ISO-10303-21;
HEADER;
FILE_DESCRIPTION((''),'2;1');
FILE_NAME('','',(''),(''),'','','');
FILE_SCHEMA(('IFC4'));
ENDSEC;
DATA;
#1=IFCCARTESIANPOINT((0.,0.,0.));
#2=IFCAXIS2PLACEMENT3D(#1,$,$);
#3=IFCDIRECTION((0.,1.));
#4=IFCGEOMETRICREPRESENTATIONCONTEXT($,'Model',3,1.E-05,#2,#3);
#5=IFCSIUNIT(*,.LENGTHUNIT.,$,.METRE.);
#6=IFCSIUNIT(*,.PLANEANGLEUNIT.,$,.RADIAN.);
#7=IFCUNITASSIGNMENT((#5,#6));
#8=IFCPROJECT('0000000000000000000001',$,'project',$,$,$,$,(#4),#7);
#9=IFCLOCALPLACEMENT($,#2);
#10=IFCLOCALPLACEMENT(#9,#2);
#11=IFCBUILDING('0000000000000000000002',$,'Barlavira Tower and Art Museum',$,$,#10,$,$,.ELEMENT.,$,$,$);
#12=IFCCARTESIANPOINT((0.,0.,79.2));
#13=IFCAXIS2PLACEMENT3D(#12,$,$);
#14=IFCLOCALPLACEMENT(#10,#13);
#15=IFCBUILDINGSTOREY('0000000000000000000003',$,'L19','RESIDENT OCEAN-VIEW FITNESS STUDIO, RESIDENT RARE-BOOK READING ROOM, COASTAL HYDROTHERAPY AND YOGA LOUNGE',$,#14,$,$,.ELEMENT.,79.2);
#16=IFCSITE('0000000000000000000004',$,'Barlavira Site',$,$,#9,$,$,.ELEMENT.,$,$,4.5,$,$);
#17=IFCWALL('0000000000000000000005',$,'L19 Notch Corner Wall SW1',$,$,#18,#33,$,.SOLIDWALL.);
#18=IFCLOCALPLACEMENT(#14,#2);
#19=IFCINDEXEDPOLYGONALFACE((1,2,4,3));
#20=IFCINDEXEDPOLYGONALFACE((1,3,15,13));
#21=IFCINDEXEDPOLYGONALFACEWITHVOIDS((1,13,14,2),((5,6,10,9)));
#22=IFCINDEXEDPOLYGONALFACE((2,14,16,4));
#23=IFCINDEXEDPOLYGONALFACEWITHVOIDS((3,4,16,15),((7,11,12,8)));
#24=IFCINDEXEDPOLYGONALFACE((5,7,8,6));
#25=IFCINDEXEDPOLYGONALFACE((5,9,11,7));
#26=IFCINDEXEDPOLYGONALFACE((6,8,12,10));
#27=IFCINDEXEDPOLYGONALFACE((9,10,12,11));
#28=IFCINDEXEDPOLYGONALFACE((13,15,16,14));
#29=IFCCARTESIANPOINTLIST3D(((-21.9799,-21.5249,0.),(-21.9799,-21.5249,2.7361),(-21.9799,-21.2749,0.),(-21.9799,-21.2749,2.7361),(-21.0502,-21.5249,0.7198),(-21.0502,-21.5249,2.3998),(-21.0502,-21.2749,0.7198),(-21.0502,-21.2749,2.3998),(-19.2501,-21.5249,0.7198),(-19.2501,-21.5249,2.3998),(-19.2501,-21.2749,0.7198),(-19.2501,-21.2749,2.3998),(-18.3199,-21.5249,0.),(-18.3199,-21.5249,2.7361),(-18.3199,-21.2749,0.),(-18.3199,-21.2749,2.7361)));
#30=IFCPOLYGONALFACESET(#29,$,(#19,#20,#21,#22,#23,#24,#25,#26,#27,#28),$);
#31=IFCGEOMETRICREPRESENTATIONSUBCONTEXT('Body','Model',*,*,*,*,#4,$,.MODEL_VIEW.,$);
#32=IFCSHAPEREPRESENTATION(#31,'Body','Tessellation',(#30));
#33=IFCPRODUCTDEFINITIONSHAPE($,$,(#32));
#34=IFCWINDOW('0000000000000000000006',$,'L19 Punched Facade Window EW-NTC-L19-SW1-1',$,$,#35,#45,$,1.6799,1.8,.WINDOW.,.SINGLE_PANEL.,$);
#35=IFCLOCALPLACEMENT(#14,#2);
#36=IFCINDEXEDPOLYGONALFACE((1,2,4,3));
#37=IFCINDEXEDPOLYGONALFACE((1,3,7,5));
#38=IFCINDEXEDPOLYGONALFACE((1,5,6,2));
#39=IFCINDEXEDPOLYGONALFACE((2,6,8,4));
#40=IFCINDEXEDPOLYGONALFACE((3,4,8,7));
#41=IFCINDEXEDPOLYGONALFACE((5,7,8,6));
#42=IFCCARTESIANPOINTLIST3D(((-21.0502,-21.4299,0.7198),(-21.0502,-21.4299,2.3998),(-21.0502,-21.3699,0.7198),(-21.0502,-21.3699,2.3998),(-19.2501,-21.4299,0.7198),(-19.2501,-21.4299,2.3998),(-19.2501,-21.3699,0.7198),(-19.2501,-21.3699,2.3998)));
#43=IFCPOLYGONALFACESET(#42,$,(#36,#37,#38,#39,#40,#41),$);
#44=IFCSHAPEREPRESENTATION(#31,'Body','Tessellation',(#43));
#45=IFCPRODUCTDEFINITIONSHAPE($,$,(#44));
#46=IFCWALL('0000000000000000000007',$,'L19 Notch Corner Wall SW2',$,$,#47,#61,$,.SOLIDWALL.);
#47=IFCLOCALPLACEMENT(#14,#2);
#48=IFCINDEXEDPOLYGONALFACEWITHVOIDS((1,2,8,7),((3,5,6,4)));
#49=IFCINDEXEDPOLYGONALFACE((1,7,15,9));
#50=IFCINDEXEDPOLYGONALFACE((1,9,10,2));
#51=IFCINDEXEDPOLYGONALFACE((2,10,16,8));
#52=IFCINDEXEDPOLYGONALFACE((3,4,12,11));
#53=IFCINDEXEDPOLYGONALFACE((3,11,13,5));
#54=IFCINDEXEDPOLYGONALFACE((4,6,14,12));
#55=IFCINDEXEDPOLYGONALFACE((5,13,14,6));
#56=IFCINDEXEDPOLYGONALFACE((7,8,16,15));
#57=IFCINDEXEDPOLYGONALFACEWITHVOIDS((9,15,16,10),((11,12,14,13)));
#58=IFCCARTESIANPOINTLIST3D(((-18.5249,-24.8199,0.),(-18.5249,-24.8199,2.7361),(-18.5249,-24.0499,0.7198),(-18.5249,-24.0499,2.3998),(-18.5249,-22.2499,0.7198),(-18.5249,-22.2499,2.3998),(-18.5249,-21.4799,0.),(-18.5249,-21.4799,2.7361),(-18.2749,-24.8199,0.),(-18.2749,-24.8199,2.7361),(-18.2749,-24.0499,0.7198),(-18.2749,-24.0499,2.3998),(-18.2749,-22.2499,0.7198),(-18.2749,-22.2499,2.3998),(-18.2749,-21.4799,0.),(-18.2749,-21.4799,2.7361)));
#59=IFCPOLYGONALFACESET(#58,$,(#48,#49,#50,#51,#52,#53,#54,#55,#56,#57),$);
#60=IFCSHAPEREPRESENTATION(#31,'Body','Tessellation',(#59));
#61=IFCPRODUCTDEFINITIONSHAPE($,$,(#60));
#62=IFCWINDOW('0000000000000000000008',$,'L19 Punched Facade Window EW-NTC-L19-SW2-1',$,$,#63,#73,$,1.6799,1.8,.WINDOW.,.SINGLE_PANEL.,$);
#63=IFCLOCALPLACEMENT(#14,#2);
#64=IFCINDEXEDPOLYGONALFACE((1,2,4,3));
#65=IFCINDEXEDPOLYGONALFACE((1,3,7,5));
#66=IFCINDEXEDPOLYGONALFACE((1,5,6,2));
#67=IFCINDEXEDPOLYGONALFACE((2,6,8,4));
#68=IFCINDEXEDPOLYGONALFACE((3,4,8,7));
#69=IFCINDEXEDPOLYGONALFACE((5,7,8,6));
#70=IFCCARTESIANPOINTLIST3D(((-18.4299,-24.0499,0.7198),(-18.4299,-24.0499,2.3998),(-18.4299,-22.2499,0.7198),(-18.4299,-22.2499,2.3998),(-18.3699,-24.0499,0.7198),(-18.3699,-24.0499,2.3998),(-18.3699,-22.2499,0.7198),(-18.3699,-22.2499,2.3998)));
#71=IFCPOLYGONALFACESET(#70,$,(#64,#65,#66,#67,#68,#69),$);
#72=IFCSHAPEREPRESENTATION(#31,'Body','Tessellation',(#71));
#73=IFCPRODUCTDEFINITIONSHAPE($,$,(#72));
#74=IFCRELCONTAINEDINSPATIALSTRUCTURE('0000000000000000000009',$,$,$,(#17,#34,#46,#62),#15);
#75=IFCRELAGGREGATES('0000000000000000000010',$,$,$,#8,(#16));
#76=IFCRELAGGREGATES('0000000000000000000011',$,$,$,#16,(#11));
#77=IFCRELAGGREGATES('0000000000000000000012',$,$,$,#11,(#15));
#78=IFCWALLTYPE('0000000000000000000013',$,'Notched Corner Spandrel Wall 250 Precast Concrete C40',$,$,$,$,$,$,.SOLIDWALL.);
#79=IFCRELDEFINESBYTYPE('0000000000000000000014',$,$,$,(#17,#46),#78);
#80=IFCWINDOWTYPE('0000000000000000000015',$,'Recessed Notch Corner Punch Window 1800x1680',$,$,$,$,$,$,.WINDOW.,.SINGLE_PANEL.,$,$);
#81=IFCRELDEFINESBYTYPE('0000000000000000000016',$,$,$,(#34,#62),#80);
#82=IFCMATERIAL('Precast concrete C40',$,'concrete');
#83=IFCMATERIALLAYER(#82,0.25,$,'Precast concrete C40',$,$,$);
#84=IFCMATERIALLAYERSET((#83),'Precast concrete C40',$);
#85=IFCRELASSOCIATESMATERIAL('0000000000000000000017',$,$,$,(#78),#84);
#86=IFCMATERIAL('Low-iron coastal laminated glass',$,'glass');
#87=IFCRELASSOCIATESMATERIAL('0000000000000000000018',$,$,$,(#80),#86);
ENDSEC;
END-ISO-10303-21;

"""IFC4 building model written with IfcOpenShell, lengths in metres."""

from ifc_helpers import new_model, si_unit, direction, frame, frame_2d, origin, place, context, subcontext, project, spatial, rectangle, extrude, material, layer, layer_set, type_object, element, fill, save


model = new_model("IFC4")

# Units and contexts
model_context = context("Model", 3, precision=1e-05, world=origin(), true_north=direction((0.0, 1.0)))
body_context = subcontext(model_context, "Body", "Model", "MODEL_VIEW")
ifc_project = project(units=[si_unit("LENGTHUNIT", "METRE"), si_unit("PLANEANGLEUNIT", "RADIAN")], contexts=[model_context])

# Site, building, storey
site_placement = place(None, origin())
site = spatial("IfcSite", under=ifc_project, at=site_placement, Name="Barlavira Site", CompositionType="ELEMENT", RefElevation=4.5)
building_placement = place(site_placement, origin())
building = spatial("IfcBuilding", under=site, at=building_placement, Name="Barlavira Tower and Art Museum", CompositionType="ELEMENT")
storey_placement = place(building_placement, frame((0.0, 0.0, 79.2)))
storey = spatial("IfcBuildingStorey", under=building, at=storey_placement, Name="L19", Description="RESIDENT OCEAN-VIEW FITNESS STUDIO, RESIDENT RARE-BOOK READING ROOM, COASTAL HYDROTHERAPY AND YOGA LOUNGE", CompositionType="ELEMENT", Elevation=79.2)

# Shared definitions
ifc_material_1 = material(Name="Precast concrete C40", Category="concrete")
ifc_layer_1 = layer(ifc_material_1, 0.25, Name="Precast concrete C40")
ifc_layer_set_1 = layer_set([ifc_layer_1], Name="Precast concrete C40")
wall_type = type_object("IfcWallType", Name="Notched Corner Spandrel Wall 250 Precast Concrete C40", PredefinedType="SOLIDWALL", material=ifc_layer_set_1)
ifc_material_2 = material(Name="Low-iron coastal laminated glass", Category="glass")
window_type = type_object("IfcWindowType", Name="Recessed Notch Corner Punch Window 1800x1680", PartitioningType="SINGLE_PANEL", PredefinedType="WINDOW", material=ifc_material_2)

# Walls, openings, windows
wall_1_placement = place(storey_placement, frame((-21.98, -21.3999, 0.0), z_axis=(0.0, 0.0, 1.0), x_axis=(1.0, 0.0, 0.0)))
wall_1 = element("IfcWall", 1, at=wall_1_placement, inside=storey, type_object=wall_type, Name="L19 Notch Corner Wall SW1", PredefinedType="SOLIDWALL", context=body_context, shape_type="SweptSolid", body=[
    extrude(rectangle(XDim=3.6599, YDim=0.25, at=frame_2d((1.8301, 0.0))), origin(), (0.0, 0.0, 1.0), 2.7361),
])
opening_1_placement = place(wall_1_placement, frame((0.9299, 0.0, 0.72)))
opening_1 = element("IfcOpeningElement", 2, at=opening_1_placement, cuts=wall_1, PredefinedType="OPENING", context=body_context, shape_type="SweptSolid", body=[
    extrude(rectangle(XDim=1.8, YDim=1.6799, at=frame_2d((0.8999, 0.8398))), frame((0.0, 0.135, 0.0), z_axis=(0.0, -1.0, 0.0), x_axis=(1.0, 0.0, 0.0)), (0.0, 0.0, 1.0), 0.27),
])
window_1_placement = place(opening_1_placement, origin())
window_1 = element("IfcWindow", 3, at=window_1_placement, inside=storey, type_object=window_type, Name="L19 Punched Facade Window EW-NTC-L19-SW1-1", OverallHeight=1.6799, OverallWidth=1.8, PartitioningType="SINGLE_PANEL", PredefinedType="WINDOW", context=body_context, shape_type="SweptSolid", body=[
    extrude(rectangle(XDim=1.8, YDim=1.6799, at=frame_2d((0.8999, 0.8398))), frame((0.0, 0.03, 0.0), z_axis=(0.0, -1.0, 0.0), x_axis=(1.0, 0.0, 0.0)), (0.0, 0.0, 1.0), 0.0601),
])
fill(opening_1, window_1)
wall_2_placement = place(storey_placement, frame((-18.3999, -21.48, 0.0), z_axis=(0.0, 0.0, 1.0), x_axis=(0.0, -1.0, 0.0)))
wall_2 = element("IfcWall", 4, at=wall_2_placement, inside=storey, type_object=wall_type, Name="L19 Notch Corner Wall SW2", PredefinedType="SOLIDWALL", context=body_context, shape_type="SweptSolid", body=[
    extrude(rectangle(XDim=3.3401, YDim=0.25, at=frame_2d((1.6699, 0.0))), origin(), (0.0, 0.0, 1.0), 2.7361),
])
opening_2_placement = place(wall_2_placement, frame((0.77, 0.0, 0.72)))
opening_2 = element("IfcOpeningElement", 5, at=opening_2_placement, cuts=wall_2, PredefinedType="OPENING", context=body_context, shape_type="SweptSolid", body=[
    extrude(rectangle(XDim=1.8, YDim=1.6799, at=frame_2d((0.8999, 0.8398))), frame((0.0, 0.135, 0.0), z_axis=(0.0, -1.0, 0.0), x_axis=(1.0, 0.0, 0.0)), (0.0, 0.0, 1.0), 0.27),
])
window_2_placement = place(opening_2_placement, origin())
window_2 = element("IfcWindow", 6, at=window_2_placement, inside=storey, type_object=window_type, Name="L19 Punched Facade Window EW-NTC-L19-SW2-1", OverallHeight=1.6799, OverallWidth=1.8, PartitioningType="SINGLE_PANEL", PredefinedType="WINDOW", context=body_context, shape_type="SweptSolid", body=[
    extrude(rectangle(XDim=1.8, YDim=1.6799, at=frame_2d((0.8999, 0.8398))), frame((0.0, 0.03, 0.0), z_axis=(0.0, -1.0, 0.0), x_axis=(1.0, 0.0, 0.0)), (0.0, 0.0, 1.0), 0.0601),
])
fill(opening_2, window_2)

save(model, "model.ifc")
